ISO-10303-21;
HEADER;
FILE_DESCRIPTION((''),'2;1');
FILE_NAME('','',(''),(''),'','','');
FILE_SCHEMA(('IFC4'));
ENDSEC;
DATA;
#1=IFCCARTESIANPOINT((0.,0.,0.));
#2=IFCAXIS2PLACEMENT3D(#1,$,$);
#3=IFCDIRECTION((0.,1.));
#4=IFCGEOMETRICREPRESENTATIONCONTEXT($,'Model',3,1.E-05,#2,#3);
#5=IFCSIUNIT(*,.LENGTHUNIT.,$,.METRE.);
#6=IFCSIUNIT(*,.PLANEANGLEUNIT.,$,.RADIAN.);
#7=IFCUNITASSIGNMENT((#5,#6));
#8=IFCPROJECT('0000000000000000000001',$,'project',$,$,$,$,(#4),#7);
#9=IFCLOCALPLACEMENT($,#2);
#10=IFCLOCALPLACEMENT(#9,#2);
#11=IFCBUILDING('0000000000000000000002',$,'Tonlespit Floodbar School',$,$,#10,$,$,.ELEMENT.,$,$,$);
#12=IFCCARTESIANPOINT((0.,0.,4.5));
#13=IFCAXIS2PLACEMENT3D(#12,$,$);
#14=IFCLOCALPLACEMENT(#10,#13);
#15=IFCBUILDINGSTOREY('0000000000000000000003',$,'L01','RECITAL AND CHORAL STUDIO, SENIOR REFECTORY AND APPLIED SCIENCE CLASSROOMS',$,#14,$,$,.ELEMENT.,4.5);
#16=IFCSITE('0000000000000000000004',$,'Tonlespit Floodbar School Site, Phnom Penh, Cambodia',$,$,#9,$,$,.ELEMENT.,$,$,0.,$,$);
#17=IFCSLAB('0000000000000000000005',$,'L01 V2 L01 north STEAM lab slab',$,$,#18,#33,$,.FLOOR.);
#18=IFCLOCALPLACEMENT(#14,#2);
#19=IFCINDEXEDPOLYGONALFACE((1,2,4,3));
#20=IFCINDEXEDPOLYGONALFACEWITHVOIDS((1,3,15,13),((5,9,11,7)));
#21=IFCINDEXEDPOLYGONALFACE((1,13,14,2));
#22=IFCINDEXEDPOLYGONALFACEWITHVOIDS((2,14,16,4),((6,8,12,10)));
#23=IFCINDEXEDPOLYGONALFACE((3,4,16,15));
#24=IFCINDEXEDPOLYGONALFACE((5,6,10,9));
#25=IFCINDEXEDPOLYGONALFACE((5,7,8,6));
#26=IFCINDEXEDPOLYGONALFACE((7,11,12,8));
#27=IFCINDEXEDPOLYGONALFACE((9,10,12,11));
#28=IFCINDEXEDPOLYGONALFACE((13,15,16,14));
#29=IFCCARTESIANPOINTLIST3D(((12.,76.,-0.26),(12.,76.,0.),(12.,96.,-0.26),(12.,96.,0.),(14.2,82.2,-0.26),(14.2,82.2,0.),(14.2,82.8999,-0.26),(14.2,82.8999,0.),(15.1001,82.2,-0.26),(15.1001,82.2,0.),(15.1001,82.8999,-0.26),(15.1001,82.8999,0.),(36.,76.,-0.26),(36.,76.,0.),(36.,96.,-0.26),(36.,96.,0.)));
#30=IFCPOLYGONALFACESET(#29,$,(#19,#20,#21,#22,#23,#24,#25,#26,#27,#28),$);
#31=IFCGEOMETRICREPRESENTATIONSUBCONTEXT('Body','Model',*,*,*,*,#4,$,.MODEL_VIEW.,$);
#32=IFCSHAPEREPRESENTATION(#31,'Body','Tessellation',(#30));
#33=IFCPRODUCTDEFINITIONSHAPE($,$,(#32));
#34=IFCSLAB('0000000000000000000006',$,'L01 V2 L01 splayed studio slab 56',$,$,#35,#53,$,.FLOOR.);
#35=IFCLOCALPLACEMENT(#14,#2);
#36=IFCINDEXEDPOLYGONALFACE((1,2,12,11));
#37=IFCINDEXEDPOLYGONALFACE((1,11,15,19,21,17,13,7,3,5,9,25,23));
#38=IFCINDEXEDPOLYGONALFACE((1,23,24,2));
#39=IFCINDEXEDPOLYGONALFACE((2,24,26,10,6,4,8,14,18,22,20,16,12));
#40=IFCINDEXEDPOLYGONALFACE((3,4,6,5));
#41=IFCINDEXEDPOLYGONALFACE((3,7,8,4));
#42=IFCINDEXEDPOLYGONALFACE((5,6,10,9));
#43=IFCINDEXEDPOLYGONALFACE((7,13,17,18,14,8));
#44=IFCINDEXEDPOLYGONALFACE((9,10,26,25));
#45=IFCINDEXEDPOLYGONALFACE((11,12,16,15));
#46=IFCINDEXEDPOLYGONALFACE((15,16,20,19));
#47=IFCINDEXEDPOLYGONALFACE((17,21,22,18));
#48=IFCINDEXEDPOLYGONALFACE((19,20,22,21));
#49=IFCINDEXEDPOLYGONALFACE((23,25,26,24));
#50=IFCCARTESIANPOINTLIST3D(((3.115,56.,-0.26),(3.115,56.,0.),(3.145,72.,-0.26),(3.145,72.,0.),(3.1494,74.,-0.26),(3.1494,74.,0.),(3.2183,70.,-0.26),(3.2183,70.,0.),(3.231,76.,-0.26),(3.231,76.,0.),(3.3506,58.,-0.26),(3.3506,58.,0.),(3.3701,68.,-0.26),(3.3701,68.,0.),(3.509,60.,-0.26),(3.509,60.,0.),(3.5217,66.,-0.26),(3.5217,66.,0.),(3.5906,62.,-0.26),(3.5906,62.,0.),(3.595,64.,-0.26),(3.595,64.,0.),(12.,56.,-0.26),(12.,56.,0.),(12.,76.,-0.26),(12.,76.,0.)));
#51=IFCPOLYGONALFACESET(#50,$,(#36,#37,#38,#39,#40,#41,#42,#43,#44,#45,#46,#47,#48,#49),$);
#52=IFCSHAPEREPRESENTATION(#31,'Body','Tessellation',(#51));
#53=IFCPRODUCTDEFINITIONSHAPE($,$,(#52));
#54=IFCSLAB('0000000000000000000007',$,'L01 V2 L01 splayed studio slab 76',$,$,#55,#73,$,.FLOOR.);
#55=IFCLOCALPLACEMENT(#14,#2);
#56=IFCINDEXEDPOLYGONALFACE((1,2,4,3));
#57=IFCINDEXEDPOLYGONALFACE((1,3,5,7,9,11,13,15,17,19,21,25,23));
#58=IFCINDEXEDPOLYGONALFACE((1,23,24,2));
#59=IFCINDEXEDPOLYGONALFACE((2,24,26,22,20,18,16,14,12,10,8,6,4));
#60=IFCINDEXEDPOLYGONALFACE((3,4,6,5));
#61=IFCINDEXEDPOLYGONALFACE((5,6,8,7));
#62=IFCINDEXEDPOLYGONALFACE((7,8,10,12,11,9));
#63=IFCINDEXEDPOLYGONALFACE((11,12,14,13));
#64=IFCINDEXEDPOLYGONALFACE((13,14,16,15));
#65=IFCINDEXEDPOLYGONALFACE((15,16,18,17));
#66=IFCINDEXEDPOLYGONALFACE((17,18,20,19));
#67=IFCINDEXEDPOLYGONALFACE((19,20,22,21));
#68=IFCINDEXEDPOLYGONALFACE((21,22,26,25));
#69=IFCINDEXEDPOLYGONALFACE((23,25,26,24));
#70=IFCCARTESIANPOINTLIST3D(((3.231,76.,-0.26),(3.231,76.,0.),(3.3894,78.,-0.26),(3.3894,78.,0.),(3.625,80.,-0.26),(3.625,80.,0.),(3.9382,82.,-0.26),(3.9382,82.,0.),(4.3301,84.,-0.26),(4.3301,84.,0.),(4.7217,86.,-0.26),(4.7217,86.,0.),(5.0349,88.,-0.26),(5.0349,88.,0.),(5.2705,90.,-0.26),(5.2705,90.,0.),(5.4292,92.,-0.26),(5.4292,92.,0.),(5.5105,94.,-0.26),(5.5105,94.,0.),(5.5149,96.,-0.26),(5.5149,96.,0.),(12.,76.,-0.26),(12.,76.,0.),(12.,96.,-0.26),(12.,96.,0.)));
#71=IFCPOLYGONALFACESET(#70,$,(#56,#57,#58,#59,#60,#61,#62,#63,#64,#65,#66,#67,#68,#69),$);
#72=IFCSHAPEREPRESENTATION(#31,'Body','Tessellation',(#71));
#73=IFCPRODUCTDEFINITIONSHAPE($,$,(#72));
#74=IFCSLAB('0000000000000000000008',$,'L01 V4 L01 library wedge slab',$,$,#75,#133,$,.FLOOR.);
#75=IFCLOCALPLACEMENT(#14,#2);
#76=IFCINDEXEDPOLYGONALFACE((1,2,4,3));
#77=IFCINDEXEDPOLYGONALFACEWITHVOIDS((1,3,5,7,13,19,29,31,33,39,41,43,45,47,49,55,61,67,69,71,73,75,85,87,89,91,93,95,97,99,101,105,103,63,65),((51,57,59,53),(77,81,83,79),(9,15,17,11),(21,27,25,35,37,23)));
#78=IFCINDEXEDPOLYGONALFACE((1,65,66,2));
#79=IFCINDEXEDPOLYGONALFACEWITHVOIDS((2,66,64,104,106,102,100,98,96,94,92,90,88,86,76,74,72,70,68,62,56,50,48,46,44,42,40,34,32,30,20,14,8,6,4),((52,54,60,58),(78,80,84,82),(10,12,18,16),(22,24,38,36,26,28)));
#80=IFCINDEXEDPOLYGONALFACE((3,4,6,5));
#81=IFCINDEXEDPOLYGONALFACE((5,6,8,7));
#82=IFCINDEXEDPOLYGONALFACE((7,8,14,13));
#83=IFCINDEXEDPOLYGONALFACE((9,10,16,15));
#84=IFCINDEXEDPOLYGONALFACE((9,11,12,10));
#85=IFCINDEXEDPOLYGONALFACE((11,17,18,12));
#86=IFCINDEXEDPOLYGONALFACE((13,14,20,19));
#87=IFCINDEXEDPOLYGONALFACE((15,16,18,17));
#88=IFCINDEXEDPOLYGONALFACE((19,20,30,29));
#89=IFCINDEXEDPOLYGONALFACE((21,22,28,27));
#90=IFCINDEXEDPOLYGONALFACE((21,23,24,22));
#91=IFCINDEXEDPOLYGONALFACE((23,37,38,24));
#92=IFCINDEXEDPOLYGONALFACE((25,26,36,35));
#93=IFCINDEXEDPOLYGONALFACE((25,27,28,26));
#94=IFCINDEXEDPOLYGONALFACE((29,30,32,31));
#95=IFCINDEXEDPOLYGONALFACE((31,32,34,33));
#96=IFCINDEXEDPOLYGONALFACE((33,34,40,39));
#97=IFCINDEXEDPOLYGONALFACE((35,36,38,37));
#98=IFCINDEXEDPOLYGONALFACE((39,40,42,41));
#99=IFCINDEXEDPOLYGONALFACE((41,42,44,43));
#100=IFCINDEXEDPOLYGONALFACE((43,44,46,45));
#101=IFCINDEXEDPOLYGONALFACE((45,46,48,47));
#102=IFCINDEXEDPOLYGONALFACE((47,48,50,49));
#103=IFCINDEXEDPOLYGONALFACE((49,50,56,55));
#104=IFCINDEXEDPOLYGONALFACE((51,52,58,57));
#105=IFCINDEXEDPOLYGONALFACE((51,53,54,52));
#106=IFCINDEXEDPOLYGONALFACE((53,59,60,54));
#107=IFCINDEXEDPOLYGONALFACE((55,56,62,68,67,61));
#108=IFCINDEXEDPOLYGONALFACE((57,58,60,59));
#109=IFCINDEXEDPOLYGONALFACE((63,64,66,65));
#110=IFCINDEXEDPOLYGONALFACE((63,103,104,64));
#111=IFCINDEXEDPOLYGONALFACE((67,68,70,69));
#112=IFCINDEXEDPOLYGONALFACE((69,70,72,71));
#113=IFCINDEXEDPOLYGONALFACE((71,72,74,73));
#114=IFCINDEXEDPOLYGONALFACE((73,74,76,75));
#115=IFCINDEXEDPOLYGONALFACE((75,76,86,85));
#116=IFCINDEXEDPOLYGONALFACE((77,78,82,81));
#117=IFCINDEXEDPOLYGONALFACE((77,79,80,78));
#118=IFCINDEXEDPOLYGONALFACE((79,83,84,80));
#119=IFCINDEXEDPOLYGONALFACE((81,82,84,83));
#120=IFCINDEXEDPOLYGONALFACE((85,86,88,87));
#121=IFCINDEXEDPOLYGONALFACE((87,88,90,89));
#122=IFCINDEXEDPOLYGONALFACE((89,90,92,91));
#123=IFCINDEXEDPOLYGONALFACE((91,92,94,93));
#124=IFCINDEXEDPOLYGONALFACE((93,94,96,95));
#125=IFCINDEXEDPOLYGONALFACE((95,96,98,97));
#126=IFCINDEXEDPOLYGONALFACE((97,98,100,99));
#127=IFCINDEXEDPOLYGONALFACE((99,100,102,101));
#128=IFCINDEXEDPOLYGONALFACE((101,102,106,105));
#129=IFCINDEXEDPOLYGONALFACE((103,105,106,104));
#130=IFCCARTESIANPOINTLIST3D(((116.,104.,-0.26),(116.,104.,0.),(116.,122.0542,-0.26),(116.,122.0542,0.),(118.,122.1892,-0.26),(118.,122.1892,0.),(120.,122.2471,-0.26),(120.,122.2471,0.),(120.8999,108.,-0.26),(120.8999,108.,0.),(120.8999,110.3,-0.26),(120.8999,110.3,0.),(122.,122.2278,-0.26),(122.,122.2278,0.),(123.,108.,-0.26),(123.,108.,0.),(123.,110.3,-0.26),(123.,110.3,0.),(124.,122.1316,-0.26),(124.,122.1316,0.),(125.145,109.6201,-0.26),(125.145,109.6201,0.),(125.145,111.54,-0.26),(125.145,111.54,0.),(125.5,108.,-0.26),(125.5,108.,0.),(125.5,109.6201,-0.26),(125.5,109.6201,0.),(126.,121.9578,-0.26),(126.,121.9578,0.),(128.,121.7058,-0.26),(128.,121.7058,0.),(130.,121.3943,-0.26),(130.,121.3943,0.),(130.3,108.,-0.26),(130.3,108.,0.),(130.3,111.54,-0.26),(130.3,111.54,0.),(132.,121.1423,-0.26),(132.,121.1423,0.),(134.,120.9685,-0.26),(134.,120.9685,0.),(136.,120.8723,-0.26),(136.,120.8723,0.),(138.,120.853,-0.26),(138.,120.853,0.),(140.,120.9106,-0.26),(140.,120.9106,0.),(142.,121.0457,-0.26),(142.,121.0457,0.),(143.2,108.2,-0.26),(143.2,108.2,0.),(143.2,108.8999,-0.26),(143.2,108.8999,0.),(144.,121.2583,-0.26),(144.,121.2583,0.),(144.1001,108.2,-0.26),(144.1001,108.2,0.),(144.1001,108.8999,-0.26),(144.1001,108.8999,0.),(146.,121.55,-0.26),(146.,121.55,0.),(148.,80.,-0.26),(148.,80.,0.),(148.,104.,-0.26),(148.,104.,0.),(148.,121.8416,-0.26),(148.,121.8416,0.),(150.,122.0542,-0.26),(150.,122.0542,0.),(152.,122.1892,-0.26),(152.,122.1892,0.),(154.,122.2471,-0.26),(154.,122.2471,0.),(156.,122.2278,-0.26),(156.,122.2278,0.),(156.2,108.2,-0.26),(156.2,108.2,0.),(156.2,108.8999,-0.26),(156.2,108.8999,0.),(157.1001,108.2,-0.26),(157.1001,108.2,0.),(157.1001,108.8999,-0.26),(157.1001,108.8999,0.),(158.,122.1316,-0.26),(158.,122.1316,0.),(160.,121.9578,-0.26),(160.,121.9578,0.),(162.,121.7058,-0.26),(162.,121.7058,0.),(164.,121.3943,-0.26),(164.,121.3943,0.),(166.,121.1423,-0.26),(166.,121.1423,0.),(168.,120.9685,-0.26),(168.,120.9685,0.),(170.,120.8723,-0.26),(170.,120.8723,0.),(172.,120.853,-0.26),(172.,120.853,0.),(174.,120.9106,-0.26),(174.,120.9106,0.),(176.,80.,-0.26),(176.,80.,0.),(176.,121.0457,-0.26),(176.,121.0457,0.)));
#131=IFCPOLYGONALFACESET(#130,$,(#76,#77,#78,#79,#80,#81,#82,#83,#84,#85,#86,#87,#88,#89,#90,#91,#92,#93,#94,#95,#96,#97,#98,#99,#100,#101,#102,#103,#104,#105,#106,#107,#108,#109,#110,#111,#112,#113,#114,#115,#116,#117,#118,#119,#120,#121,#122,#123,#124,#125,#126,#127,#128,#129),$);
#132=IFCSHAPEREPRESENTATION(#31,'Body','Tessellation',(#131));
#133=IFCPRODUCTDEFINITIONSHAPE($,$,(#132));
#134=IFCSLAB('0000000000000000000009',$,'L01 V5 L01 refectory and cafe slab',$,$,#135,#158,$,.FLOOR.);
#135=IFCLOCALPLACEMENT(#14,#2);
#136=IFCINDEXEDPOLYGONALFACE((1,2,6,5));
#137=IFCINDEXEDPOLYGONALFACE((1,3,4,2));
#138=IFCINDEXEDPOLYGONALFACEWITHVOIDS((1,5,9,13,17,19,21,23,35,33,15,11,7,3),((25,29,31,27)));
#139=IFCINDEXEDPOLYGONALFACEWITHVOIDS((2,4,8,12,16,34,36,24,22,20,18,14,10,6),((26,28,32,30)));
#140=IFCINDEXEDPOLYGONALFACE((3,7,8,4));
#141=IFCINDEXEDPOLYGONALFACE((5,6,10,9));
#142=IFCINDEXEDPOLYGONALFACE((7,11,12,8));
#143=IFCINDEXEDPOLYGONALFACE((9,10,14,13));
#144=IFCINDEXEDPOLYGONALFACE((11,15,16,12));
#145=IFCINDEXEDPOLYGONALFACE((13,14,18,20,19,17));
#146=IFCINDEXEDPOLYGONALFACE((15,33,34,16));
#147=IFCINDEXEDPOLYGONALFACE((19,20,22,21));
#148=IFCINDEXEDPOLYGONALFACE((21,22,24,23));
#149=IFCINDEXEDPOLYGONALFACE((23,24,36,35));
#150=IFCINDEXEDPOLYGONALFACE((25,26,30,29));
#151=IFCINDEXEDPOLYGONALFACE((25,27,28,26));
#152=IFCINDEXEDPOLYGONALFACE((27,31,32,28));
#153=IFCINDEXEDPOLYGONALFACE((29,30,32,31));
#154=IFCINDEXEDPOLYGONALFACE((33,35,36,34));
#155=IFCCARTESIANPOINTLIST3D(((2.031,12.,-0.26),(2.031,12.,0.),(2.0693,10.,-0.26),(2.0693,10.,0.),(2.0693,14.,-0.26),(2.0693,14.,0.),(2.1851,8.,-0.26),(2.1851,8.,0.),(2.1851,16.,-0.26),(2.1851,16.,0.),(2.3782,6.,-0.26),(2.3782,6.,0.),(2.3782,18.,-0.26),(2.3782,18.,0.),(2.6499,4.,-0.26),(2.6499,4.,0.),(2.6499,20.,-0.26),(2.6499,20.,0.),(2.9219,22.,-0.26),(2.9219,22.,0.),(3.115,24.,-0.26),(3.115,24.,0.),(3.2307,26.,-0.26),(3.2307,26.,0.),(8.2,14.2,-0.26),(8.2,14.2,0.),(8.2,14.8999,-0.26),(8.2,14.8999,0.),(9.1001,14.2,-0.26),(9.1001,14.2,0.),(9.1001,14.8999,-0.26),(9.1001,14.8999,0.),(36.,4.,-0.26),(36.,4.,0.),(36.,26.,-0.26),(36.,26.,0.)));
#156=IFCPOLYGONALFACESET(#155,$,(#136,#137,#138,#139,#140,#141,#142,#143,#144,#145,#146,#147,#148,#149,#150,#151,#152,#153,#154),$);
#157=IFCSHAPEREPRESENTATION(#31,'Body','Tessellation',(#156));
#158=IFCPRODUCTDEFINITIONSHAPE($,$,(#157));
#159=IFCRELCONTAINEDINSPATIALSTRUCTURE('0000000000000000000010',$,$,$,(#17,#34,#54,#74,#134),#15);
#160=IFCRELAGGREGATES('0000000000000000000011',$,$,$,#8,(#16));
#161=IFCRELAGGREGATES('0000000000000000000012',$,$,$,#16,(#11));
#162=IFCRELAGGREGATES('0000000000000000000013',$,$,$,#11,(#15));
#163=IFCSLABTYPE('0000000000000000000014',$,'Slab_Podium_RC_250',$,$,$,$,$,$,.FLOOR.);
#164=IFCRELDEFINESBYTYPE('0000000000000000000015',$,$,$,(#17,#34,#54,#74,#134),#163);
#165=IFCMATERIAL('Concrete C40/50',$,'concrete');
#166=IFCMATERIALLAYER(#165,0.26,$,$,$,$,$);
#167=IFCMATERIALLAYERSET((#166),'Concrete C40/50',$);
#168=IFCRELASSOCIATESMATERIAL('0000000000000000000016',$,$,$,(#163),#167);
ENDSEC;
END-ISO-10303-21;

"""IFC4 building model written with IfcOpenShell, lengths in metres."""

from ifc_helpers import new_model, si_unit, direction, frame, origin, place, context, subcontext, project, spatial, polyline, outline, extrude, material, layer, layer_set, type_object, element, save


model = new_model("IFC4")

# Units and contexts
model_context = context("Model", 3, precision=1e-05, world=origin(), true_north=direction((0.0, 1.0)))
body_context = subcontext(model_context, "Body", "Model", "MODEL_VIEW")
ifc_project = project(units=[si_unit("LENGTHUNIT", "METRE"), si_unit("PLANEANGLEUNIT", "RADIAN")], contexts=[model_context])

# Site, building, storey
site_placement = place(None, origin())
site = spatial("IfcSite", under=ifc_project, at=site_placement, Name="Tonlespit Floodbar School Site, Phnom Penh, Cambodia", CompositionType="ELEMENT", RefElevation=0.0)
building_placement = place(site_placement, origin())
building = spatial("IfcBuilding", under=site, at=building_placement, Name="Tonlespit Floodbar School", CompositionType="ELEMENT")
storey_placement = place(building_placement, frame((0.0, 0.0, 4.5)))
storey = spatial("IfcBuildingStorey", under=building, at=storey_placement, Name="L01", Description="RECITAL AND CHORAL STUDIO, SENIOR REFECTORY AND APPLIED SCIENCE CLASSROOMS", CompositionType="ELEMENT", Elevation=4.5)

# Slabs
ifc_material_1 = material(Name="Concrete C40/50", Category="concrete")
ifc_layer_1 = layer(ifc_material_1, 0.26)
ifc_layer_set_1 = layer_set([ifc_layer_1], Name="Concrete C40/50")
slab_type_1 = type_object("IfcSlabType", Name="Slab_Podium_RC_250", PredefinedType="FLOOR", material=ifc_layer_set_1)
slab_1_placement = place(storey_placement, frame((0.0, 0.0, -0.26)))
element("IfcSlab", 1, at=slab_1_placement, inside=storey, type_object=slab_type_1, Name="L01 V2 L01 north STEAM lab slab", PredefinedType="FLOOR", context=body_context, shape_type="SweptSolid", body=[
    extrude(outline(polyline([(12.0, 76.0), (36.0, 76.0), (36.0, 96.0), (12.0, 96.0), (12.0, 76.0)]), holes=[polyline([(14.2, 82.2), (15.1001, 82.2), (15.1001, 82.8999), (14.2, 82.8999), (14.2, 82.2)])]), origin(), (0.0, 0.0, 1.0), 0.26),
])
slab_2_placement = place(storey_placement, frame((0.0, 0.0, -0.26)))
element("IfcSlab", 2, at=slab_2_placement, inside=storey, type_object=slab_type_1, Name="L01 V2 L01 splayed studio slab 56", PredefinedType="FLOOR", context=body_context, shape_type="SweptSolid", body=[
    extrude(outline(polyline([(12.0, 56.0), (12.0, 76.0), (3.231, 76.0), (3.1494, 74.0), (3.145, 72.0), (3.2183, 70.0), (3.3701, 68.0), (3.5217, 66.0), (3.595, 64.0), (3.5906, 62.0), (3.509, 60.0), (3.3506, 58.0), (3.115, 56.0), (12.0, 56.0)])), origin(), (0.0, 0.0, 1.0), 0.26),
])
slab_3_placement = place(storey_placement, frame((0.0, 0.0, -0.26)))
element("IfcSlab", 3, at=slab_3_placement, inside=storey, type_object=slab_type_1, Name="L01 V2 L01 splayed studio slab 76", PredefinedType="FLOOR", context=body_context, shape_type="SweptSolid", body=[
    extrude(outline(polyline([(12.0, 76.0), (12.0, 96.0), (5.5149, 96.0), (5.5105, 94.0), (5.4292, 92.0), (5.2705, 90.0), (5.0349, 88.0), (4.7217, 86.0), (4.3301, 84.0), (3.9382, 82.0), (3.625, 80.0), (3.3894, 78.0), (3.231, 76.0), (12.0, 76.0)])), origin(), (0.0, 0.0, 1.0), 0.26),
])
slab_4_placement = place(storey_placement, frame((0.0, 0.0, -0.26)))
element("IfcSlab", 4, at=slab_4_placement, inside=storey, type_object=slab_type_1, Name="L01 V4 L01 library wedge slab", PredefinedType="FLOOR", context=body_context, shape_type="SweptSolid", body=[
    extrude(outline(polyline([(116.0, 104.0), (148.0, 104.0), (148.0, 80.0), (176.0, 80.0), (176.0, 121.0457), (174.0, 120.9106), (172.0, 120.853), (170.0, 120.8723), (168.0, 120.9685), (166.0, 121.1423), (164.0, 121.3943), (162.0, 121.7058), (160.0, 121.9578), (158.0, 122.1316), (156.0, 122.2278), (154.0, 122.2471), (152.0, 122.1892), (150.0, 122.0542), (148.0, 121.8416), (146.0, 121.55), (144.0, 121.2583), (142.0, 121.0457), (140.0, 120.9106), (138.0, 120.853), (136.0, 120.8723), (134.0, 120.9685), (132.0, 121.1423), (130.0, 121.3943), (128.0, 121.7058), (126.0, 121.9578), (124.0, 122.1316), (122.0, 122.2278), (120.0, 122.2471), (118.0, 122.1892), (116.0, 122.0542), (116.0, 104.0)]), holes=[polyline([(125.5, 108.0), (130.3, 108.0), (130.3, 111.54), (125.145, 111.54), (125.145, 109.6201), (125.5, 109.6201), (125.5, 108.0)]), polyline([(120.8999, 108.0), (123.0, 108.0), (123.0, 110.3), (120.8999, 110.3), (120.8999, 108.0)]), polyline([(143.2, 108.2), (144.1001, 108.2), (144.1001, 108.8999), (143.2, 108.8999), (143.2, 108.2)]), polyline([(156.2, 108.2), (157.1001, 108.2), (157.1001, 108.8999), (156.2, 108.8999), (156.2, 108.2)])]), origin(), (0.0, 0.0, 1.0), 0.26),
])
slab_5_placement = place(storey_placement, frame((0.0, 0.0, -0.26)))
element("IfcSlab", 5, at=slab_5_placement, inside=storey, type_object=slab_type_1, Name="L01 V5 L01 refectory and cafe slab", PredefinedType="FLOOR", context=body_context, shape_type="SweptSolid", body=[
    extrude(outline(polyline([(3.2307, 26.0), (3.115, 24.0), (2.9219, 22.0), (2.6499, 20.0), (2.3782, 18.0), (2.1851, 16.0), (2.0693, 14.0), (2.031, 12.0), (2.0693, 10.0), (2.1851, 8.0), (2.3782, 6.0), (2.6499, 4.0), (36.0, 4.0), (36.0, 26.0), (3.2307, 26.0)]), holes=[polyline([(8.2, 14.2), (9.1001, 14.2), (9.1001, 14.8999), (8.2, 14.8999), (8.2, 14.2)])]), origin(), (0.0, 0.0, 1.0), 0.26),
])

save(model, "model.ifc")
